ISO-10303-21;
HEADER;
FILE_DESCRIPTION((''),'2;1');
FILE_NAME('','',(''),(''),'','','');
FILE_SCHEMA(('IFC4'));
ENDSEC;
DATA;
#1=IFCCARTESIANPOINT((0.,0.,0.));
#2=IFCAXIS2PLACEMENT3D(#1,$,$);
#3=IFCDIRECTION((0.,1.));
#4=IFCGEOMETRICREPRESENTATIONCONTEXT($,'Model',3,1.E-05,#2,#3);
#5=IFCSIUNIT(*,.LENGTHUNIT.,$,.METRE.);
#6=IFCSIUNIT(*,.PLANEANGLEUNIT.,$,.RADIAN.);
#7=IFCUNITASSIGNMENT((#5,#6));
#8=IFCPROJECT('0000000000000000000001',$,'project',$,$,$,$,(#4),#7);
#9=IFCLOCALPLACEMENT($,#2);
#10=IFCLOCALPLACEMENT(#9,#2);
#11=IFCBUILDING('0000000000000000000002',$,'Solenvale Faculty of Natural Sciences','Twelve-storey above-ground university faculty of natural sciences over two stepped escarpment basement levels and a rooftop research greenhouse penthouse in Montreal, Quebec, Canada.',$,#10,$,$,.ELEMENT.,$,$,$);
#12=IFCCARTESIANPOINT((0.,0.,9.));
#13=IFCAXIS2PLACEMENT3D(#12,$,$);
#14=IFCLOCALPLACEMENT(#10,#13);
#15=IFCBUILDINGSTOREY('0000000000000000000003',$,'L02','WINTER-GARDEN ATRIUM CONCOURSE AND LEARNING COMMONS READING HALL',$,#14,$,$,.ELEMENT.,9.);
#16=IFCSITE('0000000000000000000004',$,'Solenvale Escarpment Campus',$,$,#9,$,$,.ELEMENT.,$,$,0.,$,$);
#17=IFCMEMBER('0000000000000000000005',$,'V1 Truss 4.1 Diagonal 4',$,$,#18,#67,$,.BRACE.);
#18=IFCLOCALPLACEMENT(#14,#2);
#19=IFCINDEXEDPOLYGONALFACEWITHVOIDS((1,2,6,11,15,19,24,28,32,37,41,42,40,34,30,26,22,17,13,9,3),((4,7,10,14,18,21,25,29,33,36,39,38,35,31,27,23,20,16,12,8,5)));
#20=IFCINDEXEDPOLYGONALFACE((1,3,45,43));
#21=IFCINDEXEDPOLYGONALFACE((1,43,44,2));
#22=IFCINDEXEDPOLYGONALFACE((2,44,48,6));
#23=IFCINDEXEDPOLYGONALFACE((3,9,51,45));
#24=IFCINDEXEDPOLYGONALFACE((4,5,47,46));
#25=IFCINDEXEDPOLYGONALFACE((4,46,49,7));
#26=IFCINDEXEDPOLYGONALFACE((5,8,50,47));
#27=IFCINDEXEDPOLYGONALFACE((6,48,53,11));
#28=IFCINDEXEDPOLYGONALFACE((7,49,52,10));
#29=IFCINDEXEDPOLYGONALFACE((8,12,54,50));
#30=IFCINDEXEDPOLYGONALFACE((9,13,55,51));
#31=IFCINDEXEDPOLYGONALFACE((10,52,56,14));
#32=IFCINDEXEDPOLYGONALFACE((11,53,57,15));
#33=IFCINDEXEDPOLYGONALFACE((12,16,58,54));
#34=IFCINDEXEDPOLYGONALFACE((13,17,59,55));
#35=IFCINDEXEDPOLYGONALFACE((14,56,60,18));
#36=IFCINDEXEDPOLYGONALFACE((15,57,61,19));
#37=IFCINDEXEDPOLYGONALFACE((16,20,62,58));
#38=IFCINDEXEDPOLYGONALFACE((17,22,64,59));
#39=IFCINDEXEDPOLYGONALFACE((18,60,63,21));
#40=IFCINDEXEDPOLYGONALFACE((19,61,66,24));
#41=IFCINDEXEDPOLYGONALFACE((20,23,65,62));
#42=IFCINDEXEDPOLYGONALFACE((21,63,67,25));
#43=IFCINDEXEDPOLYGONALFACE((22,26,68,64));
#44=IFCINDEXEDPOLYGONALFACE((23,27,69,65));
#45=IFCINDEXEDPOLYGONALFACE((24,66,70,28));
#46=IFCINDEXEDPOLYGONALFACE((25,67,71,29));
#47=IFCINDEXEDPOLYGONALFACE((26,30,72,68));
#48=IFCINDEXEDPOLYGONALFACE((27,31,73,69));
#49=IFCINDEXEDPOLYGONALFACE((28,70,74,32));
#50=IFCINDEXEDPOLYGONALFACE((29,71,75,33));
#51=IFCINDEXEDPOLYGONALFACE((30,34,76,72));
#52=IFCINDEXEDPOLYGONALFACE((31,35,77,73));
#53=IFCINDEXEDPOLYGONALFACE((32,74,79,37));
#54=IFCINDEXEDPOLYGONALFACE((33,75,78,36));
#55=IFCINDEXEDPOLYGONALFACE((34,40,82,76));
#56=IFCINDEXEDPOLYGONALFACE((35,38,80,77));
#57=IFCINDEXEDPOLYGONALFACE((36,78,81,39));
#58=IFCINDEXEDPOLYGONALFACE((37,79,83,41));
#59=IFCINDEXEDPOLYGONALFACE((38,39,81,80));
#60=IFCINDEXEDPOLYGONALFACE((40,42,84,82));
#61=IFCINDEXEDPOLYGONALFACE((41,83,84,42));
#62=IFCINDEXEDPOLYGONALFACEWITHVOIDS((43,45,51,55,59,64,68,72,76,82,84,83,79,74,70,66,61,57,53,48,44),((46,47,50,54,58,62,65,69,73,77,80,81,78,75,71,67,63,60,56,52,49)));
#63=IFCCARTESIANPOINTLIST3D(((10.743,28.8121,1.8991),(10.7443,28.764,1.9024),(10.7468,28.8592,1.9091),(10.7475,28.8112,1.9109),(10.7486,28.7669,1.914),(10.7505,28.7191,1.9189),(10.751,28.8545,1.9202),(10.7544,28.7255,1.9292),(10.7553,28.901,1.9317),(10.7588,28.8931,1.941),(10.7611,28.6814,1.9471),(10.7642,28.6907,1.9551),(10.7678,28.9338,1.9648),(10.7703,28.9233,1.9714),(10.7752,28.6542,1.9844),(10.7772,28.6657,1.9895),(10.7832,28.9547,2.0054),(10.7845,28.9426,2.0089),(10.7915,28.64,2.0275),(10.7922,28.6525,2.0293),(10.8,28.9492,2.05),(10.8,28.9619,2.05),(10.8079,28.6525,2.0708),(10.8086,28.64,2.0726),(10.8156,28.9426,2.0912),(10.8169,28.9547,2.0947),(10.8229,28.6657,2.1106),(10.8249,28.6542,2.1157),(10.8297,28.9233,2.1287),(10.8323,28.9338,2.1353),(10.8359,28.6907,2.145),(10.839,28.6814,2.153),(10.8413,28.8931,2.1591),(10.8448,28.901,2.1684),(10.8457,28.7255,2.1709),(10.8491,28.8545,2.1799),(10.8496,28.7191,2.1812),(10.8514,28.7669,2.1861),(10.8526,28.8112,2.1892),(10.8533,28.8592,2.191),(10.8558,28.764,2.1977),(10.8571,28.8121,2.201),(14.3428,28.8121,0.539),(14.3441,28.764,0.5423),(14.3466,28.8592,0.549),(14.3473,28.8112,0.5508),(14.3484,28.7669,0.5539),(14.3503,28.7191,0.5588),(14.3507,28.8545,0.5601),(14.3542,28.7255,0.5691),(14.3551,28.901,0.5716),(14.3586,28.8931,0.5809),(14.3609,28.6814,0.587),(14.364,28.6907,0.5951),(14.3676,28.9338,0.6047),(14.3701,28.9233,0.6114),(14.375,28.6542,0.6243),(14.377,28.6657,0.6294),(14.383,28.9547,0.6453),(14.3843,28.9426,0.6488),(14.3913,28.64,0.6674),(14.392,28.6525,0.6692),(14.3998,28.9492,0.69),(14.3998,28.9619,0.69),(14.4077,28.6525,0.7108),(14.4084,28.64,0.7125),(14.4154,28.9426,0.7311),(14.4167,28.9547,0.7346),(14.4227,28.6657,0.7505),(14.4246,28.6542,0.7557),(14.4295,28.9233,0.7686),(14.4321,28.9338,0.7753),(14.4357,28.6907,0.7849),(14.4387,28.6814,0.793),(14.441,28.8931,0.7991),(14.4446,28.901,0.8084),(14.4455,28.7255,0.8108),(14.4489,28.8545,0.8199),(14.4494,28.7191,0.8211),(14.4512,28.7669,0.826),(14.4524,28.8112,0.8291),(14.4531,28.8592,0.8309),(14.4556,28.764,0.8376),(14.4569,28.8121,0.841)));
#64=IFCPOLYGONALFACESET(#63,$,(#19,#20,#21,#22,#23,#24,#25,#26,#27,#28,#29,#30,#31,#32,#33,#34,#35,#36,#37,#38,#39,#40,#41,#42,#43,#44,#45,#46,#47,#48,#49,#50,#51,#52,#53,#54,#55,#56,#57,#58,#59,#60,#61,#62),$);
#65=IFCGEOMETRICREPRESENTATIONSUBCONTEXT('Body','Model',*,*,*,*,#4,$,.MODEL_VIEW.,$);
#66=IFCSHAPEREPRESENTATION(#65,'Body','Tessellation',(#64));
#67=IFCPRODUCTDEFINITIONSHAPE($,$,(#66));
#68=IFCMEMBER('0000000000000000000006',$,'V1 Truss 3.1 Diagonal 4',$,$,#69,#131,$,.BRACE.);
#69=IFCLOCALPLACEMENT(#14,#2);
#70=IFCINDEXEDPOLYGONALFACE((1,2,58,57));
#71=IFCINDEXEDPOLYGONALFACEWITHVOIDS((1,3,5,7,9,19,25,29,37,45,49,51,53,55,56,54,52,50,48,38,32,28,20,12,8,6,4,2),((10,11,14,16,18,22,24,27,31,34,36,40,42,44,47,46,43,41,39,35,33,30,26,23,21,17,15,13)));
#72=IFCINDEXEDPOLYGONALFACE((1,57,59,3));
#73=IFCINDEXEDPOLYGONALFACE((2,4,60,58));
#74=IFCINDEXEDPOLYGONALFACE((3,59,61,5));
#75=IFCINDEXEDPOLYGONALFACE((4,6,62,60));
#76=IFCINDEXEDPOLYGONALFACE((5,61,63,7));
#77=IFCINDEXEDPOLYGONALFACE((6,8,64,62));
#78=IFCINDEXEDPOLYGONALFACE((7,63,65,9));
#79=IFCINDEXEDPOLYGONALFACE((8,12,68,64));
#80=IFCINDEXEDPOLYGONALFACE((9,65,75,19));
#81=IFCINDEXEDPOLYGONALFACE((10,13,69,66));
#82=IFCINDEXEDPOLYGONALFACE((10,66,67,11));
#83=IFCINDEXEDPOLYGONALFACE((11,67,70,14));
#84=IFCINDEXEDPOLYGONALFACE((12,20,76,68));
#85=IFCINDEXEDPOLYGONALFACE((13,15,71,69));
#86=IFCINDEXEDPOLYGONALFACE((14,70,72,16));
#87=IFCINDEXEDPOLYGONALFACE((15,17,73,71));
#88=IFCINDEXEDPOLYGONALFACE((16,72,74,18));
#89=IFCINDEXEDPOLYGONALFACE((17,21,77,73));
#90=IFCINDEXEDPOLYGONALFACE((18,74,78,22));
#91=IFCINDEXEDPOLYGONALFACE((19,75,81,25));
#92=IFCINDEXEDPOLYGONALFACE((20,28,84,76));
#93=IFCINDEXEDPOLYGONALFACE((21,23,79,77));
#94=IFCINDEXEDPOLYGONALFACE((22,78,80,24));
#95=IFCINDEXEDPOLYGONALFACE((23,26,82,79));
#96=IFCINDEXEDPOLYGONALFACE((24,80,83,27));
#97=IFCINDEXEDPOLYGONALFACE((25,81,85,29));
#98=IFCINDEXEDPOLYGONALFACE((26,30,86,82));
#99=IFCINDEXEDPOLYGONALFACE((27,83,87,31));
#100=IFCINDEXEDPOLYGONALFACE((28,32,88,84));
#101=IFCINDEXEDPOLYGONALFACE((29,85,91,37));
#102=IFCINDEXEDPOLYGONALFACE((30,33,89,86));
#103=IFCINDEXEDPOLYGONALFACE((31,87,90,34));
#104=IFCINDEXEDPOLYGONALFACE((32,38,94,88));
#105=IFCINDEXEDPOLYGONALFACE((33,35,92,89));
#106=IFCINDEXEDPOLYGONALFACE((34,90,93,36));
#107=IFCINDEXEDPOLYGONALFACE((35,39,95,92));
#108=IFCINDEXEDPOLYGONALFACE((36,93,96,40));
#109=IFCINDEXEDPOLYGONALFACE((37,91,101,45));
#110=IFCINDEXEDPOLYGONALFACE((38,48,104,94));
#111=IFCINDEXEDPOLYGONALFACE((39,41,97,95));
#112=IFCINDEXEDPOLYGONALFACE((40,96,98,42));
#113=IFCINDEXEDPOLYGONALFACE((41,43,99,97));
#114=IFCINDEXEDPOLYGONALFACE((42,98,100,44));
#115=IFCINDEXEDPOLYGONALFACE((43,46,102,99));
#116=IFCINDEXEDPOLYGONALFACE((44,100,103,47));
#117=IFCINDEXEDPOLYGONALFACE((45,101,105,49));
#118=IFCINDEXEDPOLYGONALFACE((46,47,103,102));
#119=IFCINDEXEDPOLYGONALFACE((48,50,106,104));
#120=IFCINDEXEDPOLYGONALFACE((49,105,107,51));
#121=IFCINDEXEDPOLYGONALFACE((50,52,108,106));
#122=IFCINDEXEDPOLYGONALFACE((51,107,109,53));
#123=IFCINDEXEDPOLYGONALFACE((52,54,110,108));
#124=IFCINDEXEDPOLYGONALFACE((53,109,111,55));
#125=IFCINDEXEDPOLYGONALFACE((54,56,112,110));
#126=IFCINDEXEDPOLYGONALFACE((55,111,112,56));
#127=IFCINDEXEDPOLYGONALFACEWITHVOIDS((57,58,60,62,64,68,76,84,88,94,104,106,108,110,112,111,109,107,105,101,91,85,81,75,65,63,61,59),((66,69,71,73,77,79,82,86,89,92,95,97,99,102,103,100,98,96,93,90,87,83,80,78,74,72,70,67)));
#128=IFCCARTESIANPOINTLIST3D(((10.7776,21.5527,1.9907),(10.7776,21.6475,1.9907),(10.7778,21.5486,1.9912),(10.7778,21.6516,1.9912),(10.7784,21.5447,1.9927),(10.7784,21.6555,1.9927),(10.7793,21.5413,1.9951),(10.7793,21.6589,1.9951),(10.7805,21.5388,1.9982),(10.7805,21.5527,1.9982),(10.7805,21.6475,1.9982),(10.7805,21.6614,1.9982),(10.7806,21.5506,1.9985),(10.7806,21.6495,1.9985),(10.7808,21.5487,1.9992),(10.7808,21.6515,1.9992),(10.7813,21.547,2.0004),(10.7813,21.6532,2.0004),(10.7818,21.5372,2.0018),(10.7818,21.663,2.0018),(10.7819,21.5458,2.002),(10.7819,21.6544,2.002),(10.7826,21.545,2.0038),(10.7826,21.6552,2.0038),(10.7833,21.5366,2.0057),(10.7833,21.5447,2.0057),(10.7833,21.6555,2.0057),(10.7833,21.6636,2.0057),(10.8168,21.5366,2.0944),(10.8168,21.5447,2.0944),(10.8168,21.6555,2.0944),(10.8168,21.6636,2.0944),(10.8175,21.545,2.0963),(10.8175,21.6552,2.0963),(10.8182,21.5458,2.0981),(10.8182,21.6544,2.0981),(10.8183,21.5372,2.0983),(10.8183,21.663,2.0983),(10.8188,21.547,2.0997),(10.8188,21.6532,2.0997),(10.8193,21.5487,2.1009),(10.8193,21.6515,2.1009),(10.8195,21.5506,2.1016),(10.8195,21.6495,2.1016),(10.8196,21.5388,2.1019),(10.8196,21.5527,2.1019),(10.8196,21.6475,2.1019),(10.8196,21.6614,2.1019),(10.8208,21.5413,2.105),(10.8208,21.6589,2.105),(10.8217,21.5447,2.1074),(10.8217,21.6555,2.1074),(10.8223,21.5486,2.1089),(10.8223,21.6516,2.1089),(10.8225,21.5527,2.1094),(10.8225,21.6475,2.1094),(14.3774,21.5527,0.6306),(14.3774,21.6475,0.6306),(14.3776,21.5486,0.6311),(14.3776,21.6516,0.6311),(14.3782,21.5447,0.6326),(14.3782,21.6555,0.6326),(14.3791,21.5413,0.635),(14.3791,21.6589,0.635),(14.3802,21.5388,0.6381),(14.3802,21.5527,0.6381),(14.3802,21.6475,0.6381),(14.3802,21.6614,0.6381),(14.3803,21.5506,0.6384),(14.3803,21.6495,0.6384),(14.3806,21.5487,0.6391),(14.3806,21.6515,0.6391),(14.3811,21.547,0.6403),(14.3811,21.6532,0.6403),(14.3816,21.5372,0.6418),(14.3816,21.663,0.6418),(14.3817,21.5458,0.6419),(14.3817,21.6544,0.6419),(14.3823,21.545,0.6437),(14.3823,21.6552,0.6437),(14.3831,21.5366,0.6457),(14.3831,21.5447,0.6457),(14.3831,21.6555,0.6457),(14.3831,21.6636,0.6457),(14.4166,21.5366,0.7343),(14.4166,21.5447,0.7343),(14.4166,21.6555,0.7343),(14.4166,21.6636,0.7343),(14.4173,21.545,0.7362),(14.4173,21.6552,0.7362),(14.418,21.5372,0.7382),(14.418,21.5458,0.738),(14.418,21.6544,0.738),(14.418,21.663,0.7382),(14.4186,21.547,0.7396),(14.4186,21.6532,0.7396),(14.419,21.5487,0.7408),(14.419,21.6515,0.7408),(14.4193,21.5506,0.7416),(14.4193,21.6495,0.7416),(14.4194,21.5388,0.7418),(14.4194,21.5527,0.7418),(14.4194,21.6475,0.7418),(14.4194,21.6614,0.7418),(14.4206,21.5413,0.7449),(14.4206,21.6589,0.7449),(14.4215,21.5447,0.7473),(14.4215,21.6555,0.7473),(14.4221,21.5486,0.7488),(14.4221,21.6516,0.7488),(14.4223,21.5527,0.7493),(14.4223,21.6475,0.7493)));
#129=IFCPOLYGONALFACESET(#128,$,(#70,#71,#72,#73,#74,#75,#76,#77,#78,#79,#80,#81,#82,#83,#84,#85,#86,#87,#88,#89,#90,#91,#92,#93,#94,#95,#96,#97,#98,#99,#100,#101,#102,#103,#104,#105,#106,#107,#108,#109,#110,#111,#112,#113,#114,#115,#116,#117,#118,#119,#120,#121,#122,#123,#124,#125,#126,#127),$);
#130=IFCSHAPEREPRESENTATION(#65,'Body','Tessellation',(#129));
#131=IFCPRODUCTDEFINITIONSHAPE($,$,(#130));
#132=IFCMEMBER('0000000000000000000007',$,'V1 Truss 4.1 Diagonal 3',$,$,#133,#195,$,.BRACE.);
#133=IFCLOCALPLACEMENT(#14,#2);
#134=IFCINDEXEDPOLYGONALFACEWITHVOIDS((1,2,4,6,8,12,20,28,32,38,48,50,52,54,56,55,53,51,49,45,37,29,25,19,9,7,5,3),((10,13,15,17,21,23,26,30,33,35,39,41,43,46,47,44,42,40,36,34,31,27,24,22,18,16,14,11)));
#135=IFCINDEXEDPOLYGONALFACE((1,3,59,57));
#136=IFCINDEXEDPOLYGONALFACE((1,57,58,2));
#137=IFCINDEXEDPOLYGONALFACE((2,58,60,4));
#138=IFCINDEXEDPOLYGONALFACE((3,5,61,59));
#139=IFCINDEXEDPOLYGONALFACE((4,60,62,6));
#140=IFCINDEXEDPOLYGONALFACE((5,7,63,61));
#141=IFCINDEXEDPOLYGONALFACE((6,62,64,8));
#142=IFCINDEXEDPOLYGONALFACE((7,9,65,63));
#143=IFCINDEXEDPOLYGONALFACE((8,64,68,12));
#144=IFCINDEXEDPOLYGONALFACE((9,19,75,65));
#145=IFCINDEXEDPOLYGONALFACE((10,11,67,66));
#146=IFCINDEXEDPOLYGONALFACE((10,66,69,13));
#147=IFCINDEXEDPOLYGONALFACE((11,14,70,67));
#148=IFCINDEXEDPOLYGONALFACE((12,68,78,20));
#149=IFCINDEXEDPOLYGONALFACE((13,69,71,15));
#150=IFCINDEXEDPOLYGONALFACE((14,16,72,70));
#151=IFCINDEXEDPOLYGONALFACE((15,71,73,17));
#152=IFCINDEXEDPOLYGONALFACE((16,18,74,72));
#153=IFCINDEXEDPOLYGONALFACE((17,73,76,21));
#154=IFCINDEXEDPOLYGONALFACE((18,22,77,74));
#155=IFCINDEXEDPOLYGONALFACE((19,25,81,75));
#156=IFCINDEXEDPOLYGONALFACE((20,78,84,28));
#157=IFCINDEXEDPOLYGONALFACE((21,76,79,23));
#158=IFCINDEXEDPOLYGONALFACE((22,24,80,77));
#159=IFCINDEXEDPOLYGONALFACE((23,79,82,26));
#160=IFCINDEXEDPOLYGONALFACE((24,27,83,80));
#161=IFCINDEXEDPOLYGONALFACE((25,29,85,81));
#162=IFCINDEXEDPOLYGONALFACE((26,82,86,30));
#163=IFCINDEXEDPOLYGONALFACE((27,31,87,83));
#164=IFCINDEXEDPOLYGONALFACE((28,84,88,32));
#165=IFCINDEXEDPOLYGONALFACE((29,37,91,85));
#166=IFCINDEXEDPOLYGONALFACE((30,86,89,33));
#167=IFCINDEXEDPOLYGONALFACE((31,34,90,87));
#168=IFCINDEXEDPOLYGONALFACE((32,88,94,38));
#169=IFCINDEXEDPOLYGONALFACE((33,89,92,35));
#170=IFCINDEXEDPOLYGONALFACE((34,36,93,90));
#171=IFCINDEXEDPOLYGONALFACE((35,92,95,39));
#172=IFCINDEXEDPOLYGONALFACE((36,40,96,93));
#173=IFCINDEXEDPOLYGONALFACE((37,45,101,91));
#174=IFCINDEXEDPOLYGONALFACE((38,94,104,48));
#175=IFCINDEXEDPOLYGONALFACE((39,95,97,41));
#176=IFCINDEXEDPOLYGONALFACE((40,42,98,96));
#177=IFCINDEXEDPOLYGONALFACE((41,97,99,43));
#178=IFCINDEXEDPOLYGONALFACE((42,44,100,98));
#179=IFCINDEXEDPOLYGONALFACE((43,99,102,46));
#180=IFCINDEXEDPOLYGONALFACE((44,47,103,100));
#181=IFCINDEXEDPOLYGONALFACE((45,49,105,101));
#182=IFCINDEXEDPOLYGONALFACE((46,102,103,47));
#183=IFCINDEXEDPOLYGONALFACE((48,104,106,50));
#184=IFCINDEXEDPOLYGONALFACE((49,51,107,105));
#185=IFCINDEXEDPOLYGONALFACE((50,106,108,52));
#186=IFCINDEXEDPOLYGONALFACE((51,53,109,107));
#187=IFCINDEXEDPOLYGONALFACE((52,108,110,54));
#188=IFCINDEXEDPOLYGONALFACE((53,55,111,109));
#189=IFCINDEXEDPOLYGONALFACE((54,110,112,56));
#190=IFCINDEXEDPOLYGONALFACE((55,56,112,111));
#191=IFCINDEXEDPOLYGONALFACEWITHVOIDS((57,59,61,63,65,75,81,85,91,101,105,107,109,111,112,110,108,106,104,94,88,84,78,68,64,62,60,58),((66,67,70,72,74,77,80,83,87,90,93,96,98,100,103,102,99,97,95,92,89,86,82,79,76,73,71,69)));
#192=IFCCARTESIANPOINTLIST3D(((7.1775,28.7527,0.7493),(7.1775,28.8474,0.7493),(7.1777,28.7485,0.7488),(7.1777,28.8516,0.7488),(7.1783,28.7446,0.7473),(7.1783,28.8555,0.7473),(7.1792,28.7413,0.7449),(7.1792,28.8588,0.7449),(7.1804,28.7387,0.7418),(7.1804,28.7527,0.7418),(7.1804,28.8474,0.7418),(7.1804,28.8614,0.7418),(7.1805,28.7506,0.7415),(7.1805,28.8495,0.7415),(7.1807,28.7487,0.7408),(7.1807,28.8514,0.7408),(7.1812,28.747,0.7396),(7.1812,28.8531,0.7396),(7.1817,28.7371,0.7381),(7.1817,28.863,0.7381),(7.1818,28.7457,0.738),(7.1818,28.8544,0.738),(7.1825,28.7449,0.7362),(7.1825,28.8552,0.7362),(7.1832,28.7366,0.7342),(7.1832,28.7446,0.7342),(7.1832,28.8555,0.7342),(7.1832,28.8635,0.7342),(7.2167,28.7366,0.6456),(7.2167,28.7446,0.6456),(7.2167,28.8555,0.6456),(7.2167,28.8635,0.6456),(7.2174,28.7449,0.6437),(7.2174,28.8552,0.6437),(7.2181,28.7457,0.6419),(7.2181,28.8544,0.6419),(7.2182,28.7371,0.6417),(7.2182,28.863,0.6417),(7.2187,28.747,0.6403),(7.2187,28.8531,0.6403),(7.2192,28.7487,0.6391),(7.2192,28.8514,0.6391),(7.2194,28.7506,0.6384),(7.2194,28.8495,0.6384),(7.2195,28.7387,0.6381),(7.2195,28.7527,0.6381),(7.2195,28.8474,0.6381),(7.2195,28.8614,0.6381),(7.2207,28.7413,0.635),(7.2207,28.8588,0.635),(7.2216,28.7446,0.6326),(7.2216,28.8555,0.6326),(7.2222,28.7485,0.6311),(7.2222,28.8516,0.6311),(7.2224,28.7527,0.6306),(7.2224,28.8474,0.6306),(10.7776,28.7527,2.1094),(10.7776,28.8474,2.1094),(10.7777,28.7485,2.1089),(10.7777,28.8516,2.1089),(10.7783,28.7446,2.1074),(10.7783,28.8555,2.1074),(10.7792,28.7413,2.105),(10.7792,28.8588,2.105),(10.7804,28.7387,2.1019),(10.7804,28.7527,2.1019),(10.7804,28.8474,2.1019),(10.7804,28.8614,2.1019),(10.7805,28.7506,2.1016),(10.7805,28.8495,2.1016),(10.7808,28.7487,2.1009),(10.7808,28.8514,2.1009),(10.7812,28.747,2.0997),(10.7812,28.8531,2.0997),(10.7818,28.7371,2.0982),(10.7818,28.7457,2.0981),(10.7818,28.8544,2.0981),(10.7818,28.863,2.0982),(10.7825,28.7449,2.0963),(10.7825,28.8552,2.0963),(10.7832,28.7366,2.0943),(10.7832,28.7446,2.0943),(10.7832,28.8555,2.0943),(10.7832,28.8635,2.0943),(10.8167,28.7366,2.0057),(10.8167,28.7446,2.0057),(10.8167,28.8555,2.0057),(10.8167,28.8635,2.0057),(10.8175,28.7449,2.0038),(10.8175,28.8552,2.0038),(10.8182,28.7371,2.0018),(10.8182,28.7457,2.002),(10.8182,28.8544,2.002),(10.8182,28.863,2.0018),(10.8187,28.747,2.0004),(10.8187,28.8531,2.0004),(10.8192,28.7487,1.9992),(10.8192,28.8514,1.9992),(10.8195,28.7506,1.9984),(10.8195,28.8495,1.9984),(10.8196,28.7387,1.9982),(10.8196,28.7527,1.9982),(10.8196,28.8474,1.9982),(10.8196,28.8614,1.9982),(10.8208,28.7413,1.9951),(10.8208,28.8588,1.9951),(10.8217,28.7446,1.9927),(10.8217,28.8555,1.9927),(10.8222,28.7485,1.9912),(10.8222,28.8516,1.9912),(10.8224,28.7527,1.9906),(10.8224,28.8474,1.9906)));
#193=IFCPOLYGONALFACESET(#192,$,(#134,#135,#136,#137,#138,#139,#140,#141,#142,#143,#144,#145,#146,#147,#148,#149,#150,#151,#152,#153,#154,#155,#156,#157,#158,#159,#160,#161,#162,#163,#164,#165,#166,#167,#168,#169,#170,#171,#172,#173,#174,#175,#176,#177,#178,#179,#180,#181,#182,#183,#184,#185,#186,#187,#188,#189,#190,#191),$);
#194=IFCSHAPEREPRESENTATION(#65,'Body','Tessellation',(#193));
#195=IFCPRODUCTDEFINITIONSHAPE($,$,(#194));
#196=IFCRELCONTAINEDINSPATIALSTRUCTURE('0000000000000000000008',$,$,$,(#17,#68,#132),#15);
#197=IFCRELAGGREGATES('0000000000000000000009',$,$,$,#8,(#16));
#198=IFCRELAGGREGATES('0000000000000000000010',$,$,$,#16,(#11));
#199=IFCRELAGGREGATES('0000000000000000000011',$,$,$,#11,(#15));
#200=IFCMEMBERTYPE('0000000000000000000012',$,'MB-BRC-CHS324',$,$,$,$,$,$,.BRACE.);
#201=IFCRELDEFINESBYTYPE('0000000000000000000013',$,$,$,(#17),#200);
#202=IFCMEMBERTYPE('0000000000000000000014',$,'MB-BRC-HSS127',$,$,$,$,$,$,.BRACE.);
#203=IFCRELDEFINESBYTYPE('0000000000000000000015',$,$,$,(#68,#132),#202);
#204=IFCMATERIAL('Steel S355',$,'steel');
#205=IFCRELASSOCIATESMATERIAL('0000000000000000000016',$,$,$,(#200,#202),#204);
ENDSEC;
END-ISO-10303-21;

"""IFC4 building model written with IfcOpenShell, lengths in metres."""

from ifc_helpers import new_model, si_unit, direction, frame, origin, origin_2d, place, context, subcontext, project, spatial, hollow_rectangle, hollow_circle, extrude, material, material_profile, profile_set, type_object, element, save


model = new_model("IFC4")

# Units and contexts
model_context = context("Model", 3, precision=1e-05, world=origin(), true_north=direction((0.0, 1.0)))
body_context = subcontext(model_context, "Body", "Model", "MODEL_VIEW")
ifc_project = project(units=[si_unit("LENGTHUNIT", "METRE"), si_unit("PLANEANGLEUNIT", "RADIAN")], contexts=[model_context])

# Site, building, storey
site_placement = place(None, origin())
site = spatial("IfcSite", under=ifc_project, at=site_placement, Name="Solenvale Escarpment Campus", CompositionType="ELEMENT", RefElevation=0.0)
building_placement = place(site_placement, origin())
building = spatial("IfcBuilding", under=site, at=building_placement, Name="Solenvale Faculty of Natural Sciences", Description="Twelve-storey above-ground university faculty of natural sciences over two stepped escarpment basement levels and a rooftop research greenhouse penthouse in Montreal, Quebec, Canada.", CompositionType="ELEMENT")
storey_placement = place(building_placement, frame((0.0, 0.0, 9.0)))
storey = spatial("IfcBuildingStorey", under=building, at=storey_placement, Name="L02", Description="WINTER-GARDEN ATRIUM CONCOURSE AND LEARNING COMMONS READING HALL", CompositionType="ELEMENT", Elevation=9.0)

# Members
ifc_material_1 = material(Name="Steel S355", Category="steel")
ifc_material_profile_1 = material_profile(ifc_material_1, hollow_circle(Radius=0.1619, WallThickness=0.0127, at=origin_2d()), Name="HSS324x13")
ifc_profile_set_1 = profile_set([ifc_material_profile_1], Name="Steel S355")
member_type_1 = type_object("IfcMemberType", Name="MB-BRC-CHS324", PredefinedType="BRACE", material=ifc_profile_set_1)
member_1_placement = place(storey_placement, frame((10.8, 28.8, 2.05), z_axis=(0.935458, 0.0, -0.353438), x_axis=(0.0, 1.0, 0.0)))
element("IfcMember", 1, at=member_1_placement, inside=storey, type_object=member_type_1, Name="V1 Truss 4.1 Diagonal 4", PredefinedType="BRACE", context=body_context, shape_type="SweptSolid", body=[
    extrude(hollow_circle(Radius=0.1619, WallThickness=0.0127, at=origin_2d()), origin(), (0.0, 0.0, 1.0), 3.8481),
])
ifc_material_profile_2 = material_profile(ifc_material_1, hollow_rectangle(XDim=0.127, YDim=0.127, WallThickness=0.0081, InnerFilletRadius=0.0081, OuterFilletRadius=0.0161, at=origin_2d()), Name="HSS127x127x8.0")
ifc_profile_set_2 = profile_set([ifc_material_profile_2], Name="Steel S355")
member_type_2 = type_object("IfcMemberType", Name="MB-BRC-HSS127", PredefinedType="BRACE", material=ifc_profile_set_2)
member_2_placement = place(storey_placement, frame((10.8, 21.6001, 2.05), z_axis=(0.935458, 0.0, -0.353438), x_axis=(0.0, 1.0, 0.0)))
element("IfcMember", 2, at=member_2_placement, inside=storey, type_object=member_type_2, Name="V1 Truss 3.1 Diagonal 4", PredefinedType="BRACE", context=body_context, shape_type="SweptSolid", body=[
    extrude(hollow_rectangle(XDim=0.127, YDim=0.127, WallThickness=0.0081, InnerFilletRadius=0.0081, OuterFilletRadius=0.0161, at=origin_2d()), origin(), (0.0, 0.0, 1.0), 3.8481),
])
member_3_placement = place(storey_placement, frame((7.2, 28.8, 0.6899), z_axis=(0.935466, 0.0, 0.353417), x_axis=(0.0, 1.0, 0.0)))
element("IfcMember", 3, at=member_3_placement, inside=storey, type_object=member_type_2, Name="V1 Truss 4.1 Diagonal 3", PredefinedType="BRACE", context=body_context, shape_type="SweptSolid", body=[
    extrude(hollow_rectangle(XDim=0.127, YDim=0.127, WallThickness=0.0081, InnerFilletRadius=0.0081, OuterFilletRadius=0.0161, at=origin_2d()), origin(), (0.0, 0.0, 1.0), 3.8484),
])

save(model, "model.ifc")
